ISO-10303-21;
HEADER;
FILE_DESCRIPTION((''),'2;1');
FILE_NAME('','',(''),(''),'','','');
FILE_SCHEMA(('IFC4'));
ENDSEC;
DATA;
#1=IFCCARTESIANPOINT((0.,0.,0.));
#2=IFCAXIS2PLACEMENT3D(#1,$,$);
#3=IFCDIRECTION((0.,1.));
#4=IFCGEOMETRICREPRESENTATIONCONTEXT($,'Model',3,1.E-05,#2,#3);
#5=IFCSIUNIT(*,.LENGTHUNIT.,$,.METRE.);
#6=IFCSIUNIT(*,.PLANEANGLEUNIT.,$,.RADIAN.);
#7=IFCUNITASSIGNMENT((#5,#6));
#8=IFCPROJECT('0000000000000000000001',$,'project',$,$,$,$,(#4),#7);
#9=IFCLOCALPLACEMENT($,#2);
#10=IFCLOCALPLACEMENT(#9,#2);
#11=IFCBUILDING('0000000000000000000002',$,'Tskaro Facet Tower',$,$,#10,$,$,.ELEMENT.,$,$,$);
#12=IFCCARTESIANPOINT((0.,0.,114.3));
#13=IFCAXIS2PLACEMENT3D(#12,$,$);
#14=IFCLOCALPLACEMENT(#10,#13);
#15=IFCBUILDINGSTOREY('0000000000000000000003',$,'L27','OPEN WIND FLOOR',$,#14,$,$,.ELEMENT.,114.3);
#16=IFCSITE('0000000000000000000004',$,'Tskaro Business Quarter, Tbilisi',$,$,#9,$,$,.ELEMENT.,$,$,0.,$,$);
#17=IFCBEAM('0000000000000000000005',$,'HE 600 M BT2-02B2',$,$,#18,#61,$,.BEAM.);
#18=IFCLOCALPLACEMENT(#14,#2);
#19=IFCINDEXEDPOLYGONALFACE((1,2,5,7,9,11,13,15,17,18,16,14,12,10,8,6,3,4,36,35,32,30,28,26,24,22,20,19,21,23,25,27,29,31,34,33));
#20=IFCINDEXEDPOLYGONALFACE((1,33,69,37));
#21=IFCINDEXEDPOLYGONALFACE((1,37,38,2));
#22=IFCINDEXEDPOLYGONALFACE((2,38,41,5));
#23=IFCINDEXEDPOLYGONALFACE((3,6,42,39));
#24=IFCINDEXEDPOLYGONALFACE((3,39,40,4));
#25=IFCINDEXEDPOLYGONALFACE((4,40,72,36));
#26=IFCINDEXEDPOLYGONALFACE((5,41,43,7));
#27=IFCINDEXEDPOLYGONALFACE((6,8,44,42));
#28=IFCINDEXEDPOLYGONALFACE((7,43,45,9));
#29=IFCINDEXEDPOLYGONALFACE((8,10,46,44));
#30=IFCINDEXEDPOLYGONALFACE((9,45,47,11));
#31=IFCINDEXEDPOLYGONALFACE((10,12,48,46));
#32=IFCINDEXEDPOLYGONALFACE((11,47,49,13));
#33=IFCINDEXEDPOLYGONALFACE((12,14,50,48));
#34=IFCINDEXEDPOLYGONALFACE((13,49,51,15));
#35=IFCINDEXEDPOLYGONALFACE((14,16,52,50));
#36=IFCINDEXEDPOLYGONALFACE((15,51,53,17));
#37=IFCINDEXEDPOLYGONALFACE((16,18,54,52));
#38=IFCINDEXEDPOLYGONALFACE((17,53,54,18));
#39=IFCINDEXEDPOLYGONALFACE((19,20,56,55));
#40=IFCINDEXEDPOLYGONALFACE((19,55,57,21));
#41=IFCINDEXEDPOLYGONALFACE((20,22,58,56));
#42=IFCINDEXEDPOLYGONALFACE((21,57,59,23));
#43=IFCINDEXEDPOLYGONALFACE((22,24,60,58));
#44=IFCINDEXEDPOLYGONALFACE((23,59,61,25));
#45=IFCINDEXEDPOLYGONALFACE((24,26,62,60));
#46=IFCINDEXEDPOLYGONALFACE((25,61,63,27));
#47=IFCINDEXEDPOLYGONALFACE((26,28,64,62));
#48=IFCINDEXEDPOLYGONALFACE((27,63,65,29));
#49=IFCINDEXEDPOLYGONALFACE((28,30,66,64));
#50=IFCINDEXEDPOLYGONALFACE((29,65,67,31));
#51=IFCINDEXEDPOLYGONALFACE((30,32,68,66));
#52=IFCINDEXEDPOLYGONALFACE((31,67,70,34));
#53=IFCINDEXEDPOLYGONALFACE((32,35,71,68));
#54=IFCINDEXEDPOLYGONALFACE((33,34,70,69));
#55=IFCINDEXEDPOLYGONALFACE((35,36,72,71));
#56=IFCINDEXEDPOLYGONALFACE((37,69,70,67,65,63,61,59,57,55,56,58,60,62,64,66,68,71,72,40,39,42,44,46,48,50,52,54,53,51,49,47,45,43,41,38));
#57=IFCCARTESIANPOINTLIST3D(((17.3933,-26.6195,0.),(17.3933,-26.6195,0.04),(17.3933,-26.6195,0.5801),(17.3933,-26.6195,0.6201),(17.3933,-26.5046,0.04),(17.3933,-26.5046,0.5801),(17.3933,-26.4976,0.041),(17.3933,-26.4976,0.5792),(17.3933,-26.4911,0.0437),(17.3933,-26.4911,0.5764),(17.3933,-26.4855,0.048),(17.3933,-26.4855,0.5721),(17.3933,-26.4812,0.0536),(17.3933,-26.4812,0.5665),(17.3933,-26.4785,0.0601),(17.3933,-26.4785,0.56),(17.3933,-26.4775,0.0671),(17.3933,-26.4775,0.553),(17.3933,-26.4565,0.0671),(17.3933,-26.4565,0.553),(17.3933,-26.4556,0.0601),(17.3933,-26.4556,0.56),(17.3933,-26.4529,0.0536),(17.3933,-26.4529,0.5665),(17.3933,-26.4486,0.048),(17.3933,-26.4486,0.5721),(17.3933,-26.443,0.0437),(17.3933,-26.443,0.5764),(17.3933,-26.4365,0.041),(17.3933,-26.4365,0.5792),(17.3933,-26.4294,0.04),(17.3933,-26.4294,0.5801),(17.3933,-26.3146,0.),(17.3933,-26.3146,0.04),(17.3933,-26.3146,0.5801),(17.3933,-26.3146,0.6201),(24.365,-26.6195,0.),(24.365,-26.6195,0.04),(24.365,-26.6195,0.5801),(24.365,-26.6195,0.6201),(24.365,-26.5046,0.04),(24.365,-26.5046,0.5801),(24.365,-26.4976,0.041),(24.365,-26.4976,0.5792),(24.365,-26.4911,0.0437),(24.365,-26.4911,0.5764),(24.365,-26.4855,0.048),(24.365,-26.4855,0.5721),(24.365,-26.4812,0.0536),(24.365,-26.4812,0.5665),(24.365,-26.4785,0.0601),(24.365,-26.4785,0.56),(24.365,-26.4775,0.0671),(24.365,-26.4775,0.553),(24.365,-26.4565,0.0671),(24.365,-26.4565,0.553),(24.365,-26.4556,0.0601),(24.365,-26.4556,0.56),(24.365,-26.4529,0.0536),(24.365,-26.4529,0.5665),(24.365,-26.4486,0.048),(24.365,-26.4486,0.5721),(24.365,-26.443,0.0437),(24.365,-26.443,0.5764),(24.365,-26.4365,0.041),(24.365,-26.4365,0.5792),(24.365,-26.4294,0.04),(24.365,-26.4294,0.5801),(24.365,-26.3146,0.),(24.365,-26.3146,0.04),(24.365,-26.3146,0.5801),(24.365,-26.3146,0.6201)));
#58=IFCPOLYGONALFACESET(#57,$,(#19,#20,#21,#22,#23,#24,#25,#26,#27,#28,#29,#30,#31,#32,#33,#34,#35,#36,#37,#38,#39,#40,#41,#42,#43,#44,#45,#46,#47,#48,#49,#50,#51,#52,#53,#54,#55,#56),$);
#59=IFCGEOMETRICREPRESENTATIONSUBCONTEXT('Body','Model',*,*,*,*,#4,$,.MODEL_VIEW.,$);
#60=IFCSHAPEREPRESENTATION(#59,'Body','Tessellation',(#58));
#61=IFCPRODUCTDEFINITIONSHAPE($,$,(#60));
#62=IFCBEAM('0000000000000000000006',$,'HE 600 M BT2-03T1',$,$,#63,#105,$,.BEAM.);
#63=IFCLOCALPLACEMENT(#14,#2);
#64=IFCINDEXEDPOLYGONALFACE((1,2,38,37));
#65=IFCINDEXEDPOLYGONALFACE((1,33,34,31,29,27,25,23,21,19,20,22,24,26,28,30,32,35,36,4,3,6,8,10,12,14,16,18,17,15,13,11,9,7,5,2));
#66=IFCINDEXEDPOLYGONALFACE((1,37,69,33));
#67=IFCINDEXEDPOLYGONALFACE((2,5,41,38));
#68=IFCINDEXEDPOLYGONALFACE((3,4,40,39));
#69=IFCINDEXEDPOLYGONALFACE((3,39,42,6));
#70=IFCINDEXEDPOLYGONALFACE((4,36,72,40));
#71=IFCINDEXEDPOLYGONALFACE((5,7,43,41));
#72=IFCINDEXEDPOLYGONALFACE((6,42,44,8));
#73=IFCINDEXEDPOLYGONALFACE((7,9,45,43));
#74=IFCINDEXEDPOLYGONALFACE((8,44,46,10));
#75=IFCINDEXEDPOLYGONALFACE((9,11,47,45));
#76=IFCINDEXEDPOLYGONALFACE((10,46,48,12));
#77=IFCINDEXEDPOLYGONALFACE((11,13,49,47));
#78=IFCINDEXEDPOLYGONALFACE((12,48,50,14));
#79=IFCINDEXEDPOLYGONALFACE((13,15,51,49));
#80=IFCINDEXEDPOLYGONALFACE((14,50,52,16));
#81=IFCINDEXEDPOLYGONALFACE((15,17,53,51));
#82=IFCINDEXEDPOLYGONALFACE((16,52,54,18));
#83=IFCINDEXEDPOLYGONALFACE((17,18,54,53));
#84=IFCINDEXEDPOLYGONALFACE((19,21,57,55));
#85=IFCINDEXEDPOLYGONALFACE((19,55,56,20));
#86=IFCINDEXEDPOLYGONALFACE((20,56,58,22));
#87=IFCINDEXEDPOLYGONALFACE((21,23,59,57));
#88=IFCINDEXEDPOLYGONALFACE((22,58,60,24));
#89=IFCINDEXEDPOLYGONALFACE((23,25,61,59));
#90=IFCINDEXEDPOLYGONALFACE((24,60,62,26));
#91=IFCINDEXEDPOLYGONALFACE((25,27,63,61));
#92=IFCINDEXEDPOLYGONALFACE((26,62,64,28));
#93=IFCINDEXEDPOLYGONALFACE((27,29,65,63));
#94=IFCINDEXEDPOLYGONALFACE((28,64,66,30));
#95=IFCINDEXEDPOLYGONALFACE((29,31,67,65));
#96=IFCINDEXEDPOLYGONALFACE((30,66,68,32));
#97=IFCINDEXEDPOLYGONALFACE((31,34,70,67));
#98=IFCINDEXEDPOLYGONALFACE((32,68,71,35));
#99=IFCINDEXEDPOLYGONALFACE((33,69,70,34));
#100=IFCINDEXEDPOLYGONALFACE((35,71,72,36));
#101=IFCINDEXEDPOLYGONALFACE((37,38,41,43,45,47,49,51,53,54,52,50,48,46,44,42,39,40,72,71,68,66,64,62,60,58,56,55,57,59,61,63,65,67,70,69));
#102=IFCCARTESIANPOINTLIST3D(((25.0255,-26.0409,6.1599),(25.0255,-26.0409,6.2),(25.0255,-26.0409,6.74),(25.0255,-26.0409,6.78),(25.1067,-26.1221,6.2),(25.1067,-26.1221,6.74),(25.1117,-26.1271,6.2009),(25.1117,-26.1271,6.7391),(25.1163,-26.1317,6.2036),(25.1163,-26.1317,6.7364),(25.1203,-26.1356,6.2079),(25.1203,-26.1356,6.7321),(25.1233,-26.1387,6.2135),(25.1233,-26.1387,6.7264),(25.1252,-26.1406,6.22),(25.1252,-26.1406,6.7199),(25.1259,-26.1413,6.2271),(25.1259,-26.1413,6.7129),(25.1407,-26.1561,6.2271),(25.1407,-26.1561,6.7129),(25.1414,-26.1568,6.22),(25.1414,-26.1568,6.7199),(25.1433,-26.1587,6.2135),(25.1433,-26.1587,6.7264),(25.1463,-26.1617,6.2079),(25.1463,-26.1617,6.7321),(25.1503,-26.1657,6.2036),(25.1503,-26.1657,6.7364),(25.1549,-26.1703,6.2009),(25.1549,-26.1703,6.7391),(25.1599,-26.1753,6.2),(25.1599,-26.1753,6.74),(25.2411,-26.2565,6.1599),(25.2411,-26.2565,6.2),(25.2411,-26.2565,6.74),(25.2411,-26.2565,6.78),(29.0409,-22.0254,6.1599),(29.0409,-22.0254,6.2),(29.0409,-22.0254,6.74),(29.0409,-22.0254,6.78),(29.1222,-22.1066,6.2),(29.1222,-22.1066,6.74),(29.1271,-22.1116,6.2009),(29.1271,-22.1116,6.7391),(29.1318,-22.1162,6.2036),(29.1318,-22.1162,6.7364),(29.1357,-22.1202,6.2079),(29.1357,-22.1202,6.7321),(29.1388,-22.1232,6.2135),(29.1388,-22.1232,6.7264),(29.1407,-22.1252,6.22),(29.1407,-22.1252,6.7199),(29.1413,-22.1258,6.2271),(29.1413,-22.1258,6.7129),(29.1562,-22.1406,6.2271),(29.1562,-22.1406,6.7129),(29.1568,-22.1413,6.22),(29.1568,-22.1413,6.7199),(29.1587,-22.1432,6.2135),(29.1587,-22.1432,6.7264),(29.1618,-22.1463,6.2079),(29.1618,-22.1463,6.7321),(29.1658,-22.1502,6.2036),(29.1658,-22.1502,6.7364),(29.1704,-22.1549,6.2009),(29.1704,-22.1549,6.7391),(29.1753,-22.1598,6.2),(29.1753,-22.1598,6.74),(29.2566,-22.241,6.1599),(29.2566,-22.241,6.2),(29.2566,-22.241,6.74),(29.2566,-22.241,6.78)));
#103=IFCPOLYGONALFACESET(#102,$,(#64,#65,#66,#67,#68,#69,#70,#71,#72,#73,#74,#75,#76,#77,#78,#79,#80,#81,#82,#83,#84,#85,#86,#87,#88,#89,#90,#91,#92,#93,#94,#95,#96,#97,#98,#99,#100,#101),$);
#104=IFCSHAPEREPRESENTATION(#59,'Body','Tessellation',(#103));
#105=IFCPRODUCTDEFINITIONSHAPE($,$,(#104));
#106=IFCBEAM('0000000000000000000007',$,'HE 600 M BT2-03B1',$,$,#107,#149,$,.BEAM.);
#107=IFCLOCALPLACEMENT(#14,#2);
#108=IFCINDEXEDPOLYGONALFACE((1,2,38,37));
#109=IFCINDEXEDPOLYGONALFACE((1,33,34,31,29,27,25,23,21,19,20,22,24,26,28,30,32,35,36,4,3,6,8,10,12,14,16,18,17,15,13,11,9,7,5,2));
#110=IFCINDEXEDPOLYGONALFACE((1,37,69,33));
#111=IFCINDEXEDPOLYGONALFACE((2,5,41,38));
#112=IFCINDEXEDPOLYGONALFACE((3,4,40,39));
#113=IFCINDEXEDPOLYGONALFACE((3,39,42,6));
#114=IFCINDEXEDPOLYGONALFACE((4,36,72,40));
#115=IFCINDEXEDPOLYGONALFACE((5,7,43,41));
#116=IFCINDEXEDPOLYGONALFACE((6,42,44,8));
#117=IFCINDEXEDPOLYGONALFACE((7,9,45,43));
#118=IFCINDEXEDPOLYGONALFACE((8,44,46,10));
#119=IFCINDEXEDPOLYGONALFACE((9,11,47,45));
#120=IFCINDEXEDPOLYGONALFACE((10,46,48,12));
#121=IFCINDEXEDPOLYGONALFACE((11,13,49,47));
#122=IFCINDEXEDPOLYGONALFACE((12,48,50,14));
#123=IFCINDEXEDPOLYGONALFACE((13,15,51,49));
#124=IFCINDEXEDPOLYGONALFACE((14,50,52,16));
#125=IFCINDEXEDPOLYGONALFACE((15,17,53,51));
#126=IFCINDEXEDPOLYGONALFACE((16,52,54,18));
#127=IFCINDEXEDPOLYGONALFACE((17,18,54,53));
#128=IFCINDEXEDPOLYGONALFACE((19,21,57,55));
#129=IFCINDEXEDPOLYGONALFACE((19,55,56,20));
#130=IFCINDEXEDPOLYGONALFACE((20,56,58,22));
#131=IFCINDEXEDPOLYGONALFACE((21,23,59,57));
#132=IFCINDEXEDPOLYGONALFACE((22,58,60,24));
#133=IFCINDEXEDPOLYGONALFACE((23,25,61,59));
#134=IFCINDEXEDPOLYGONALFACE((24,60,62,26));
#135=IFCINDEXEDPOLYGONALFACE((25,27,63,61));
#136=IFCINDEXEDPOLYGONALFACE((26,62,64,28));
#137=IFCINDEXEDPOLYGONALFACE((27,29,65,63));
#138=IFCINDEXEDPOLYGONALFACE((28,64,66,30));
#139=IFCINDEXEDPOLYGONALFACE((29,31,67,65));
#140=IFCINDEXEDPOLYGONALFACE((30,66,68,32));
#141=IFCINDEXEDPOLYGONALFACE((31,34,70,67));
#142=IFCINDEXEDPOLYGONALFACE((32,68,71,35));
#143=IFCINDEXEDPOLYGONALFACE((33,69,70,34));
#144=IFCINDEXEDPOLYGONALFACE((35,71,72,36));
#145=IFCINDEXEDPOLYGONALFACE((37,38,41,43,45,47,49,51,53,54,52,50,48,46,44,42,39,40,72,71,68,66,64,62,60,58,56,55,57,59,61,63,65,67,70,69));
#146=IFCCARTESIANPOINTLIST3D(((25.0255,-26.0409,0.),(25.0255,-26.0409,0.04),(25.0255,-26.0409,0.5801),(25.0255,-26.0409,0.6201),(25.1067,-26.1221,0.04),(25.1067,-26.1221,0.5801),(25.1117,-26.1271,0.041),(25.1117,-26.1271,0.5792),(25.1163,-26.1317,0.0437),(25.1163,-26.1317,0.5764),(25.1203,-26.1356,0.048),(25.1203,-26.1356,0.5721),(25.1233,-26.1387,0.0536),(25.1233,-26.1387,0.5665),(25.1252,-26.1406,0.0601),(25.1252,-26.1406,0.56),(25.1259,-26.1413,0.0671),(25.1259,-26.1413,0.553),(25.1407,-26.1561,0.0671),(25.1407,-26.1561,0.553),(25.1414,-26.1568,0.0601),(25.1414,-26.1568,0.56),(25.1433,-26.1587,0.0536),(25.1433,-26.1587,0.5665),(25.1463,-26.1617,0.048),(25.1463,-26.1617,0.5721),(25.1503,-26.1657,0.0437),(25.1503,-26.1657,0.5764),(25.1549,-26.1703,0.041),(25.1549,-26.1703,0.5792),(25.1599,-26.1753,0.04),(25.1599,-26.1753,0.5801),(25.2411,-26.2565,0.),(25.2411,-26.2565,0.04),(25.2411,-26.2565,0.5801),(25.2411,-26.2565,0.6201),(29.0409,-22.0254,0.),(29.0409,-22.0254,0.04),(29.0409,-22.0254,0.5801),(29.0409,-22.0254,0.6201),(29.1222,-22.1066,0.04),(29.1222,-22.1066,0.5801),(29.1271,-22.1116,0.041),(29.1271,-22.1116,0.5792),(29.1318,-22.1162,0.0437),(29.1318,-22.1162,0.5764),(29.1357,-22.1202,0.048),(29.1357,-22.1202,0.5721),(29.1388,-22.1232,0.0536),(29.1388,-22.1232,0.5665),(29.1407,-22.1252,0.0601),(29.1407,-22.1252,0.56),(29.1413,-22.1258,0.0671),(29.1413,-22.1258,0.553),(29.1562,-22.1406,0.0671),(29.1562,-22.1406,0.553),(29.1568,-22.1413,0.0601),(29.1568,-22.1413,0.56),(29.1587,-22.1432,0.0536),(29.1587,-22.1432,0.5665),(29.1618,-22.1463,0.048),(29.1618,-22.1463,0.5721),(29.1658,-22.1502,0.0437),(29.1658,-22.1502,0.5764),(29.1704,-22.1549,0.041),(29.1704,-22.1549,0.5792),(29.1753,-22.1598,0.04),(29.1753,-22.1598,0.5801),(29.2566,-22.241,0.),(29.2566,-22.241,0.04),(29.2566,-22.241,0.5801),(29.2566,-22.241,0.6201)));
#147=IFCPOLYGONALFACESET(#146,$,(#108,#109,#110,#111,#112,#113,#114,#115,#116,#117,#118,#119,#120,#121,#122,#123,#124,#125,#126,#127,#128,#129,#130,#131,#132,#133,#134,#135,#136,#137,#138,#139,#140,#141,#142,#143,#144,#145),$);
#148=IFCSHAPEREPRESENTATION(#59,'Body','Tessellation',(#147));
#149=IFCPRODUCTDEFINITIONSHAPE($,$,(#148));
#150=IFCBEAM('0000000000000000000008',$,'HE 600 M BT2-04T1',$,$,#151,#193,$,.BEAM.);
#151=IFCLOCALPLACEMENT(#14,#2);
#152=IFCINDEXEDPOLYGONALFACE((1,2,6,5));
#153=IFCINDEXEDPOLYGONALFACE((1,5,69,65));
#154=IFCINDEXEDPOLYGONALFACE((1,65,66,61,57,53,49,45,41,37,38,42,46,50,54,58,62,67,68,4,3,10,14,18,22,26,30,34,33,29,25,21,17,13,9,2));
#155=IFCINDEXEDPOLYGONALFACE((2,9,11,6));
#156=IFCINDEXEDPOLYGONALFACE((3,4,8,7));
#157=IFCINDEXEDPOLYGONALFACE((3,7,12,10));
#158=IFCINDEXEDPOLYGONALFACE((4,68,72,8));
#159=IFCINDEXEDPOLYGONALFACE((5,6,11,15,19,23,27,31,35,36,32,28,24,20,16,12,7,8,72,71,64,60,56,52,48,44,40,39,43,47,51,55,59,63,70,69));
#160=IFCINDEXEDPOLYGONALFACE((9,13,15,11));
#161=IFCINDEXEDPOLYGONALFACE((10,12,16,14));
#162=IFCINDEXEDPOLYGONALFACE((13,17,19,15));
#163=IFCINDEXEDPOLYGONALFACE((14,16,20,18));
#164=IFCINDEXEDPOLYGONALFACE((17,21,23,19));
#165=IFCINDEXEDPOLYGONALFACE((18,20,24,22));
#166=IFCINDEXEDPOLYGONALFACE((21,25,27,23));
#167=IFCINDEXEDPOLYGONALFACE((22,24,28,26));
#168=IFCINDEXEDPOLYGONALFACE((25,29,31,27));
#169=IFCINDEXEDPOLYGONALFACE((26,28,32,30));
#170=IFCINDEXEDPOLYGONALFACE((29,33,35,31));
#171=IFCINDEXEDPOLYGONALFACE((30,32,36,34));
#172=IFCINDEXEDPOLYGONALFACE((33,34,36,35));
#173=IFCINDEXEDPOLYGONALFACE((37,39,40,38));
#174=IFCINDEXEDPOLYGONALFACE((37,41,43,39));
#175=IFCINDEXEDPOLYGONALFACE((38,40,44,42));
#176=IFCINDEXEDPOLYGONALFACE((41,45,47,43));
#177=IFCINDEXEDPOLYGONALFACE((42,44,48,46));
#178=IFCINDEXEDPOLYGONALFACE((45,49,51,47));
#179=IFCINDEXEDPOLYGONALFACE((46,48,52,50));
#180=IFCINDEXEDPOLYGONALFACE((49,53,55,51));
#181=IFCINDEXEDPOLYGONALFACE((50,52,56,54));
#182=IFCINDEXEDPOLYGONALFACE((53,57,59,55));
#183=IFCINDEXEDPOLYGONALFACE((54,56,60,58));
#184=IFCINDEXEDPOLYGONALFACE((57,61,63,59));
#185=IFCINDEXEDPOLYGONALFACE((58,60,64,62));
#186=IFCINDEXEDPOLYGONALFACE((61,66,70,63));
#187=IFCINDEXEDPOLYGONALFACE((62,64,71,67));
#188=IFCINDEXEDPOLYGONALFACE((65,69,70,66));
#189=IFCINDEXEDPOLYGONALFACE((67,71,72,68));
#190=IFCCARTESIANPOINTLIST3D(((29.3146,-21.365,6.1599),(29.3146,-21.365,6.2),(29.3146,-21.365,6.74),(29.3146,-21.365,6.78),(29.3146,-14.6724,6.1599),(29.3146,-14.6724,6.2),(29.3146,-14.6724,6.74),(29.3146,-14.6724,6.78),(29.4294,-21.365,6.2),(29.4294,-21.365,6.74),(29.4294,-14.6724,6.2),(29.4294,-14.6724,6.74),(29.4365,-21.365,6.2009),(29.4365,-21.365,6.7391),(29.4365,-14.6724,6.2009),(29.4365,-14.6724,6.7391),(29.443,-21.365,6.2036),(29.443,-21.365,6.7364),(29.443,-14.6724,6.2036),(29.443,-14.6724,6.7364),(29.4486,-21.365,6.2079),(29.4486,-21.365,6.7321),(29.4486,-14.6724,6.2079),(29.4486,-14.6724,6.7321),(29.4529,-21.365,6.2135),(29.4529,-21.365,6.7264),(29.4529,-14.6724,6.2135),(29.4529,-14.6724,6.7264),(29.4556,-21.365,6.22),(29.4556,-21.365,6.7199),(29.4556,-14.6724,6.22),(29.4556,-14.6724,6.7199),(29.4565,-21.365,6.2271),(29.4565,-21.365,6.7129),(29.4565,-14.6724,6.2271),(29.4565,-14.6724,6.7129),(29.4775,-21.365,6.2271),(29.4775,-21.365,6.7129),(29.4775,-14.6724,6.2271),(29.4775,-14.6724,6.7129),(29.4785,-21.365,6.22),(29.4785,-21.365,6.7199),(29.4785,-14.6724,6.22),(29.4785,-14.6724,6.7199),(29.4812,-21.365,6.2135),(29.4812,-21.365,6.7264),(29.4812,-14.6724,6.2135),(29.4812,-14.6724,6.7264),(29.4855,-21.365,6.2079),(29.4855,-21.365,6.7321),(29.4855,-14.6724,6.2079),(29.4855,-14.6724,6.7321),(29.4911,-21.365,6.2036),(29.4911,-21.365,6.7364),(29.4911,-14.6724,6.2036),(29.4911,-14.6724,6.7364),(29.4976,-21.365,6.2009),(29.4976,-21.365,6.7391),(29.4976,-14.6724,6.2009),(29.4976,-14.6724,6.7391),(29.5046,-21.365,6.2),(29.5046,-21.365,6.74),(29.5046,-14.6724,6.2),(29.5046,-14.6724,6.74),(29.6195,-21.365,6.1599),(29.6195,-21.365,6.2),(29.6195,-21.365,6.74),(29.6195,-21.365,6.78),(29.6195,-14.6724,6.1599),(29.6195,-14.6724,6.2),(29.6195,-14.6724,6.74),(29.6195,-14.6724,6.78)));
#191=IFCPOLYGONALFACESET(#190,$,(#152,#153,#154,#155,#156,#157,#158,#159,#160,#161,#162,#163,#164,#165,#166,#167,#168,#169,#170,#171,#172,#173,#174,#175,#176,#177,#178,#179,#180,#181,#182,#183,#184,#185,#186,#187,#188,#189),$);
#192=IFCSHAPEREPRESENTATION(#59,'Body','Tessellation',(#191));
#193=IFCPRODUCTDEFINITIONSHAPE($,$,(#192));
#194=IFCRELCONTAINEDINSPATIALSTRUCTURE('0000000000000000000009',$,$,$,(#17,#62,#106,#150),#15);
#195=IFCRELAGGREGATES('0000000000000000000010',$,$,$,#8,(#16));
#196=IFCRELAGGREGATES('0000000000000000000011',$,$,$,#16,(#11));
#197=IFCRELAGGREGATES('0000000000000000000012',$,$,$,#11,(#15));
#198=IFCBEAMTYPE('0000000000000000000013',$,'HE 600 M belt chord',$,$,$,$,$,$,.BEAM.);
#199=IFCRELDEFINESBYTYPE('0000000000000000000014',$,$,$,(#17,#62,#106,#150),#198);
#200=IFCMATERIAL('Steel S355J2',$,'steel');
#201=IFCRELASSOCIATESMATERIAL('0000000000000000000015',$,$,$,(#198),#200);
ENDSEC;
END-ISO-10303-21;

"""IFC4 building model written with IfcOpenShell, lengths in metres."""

from ifc_helpers import new_model, si_unit, direction, frame, origin, origin_2d, place, context, subcontext, project, spatial, i_section, extrude, material, material_profile, profile_set, type_object, element, save


model = new_model("IFC4")

# Units and contexts
model_context = context("Model", 3, precision=1e-05, world=origin(), true_north=direction((0.0, 1.0)))
body_context = subcontext(model_context, "Body", "Model", "MODEL_VIEW")
ifc_project = project(units=[si_unit("LENGTHUNIT", "METRE"), si_unit("PLANEANGLEUNIT", "RADIAN")], contexts=[model_context])

# Site, building, storey
site_placement = place(None, origin())
site = spatial("IfcSite", under=ifc_project, at=site_placement, Name="Tskaro Business Quarter, Tbilisi", CompositionType="ELEMENT", RefElevation=0.0)
building_placement = place(site_placement, origin())
building = spatial("IfcBuilding", under=site, at=building_placement, Name="Tskaro Facet Tower", CompositionType="ELEMENT")
storey_placement = place(building_placement, frame((0.0, 0.0, 114.3)))
storey = spatial("IfcBuildingStorey", under=building, at=storey_placement, Name="L27", Description="OPEN WIND FLOOR", CompositionType="ELEMENT", Elevation=114.3)

# Shared definitions
ifc_material_1 = material(Name="Steel S355J2", Category="steel")

# Beams
ifc_material_profile_1 = material_profile(ifc_material_1, i_section(OverallWidth=0.3049, OverallDepth=0.6201, WebThickness=0.021, FlangeThickness=0.04, FilletRadius=0.0271, at=origin_2d()), Name="HE 600 M")
ifc_profile_set_1 = profile_set([ifc_material_profile_1], Name="Steel S355J2")
beam_type_1 = type_object("IfcBeamType", Name="HE 600 M belt chord", PredefinedType="BEAM", material=ifc_profile_set_1)
beam_1_placement = place(storey_placement, frame((17.3933, -26.467, 0.3101), z_axis=(1.0, 0.0, 0.0), x_axis=(0.0, 1.0, 0.0)))
element("IfcBeam", 1, at=beam_1_placement, inside=storey, type_object=beam_type_1, Name="HE 600 M BT2-02B2", PredefinedType="BEAM", context=body_context, shape_type="SweptSolid", body=[
    extrude(i_section(OverallWidth=0.3049, OverallDepth=0.6201, WebThickness=0.021, FlangeThickness=0.04, FilletRadius=0.0271, at=origin_2d()), origin(), (0.0, 0.0, 1.0), 6.9717),
])
for number, where, z_axis, x_axis, name in (
    (2, (25.1333, -26.1487, 6.47), (0.707107, 0.707107, 0.0), (-0.707107, 0.707107, 0.0), "HE 600 M BT2-03T1"),
    (3, (25.1333, -26.1487, 0.3101), (0.707107, 0.707107, 0.0), (-0.707107, 0.707107, 0.0), "HE 600 M BT2-03B1"),
):
    element("IfcBeam", number, at=place(storey_placement, frame(where, z_axis=z_axis, x_axis=x_axis)), inside=storey, type_object=beam_type_1, Name=name, PredefinedType="BEAM", context=body_context, shape_type="SweptSolid", body=[
        extrude(i_section(OverallWidth=0.3049, OverallDepth=0.6201, WebThickness=0.021, FlangeThickness=0.04, FilletRadius=0.0271, at=origin_2d()), origin(), (0.0, 0.0, 1.0), 5.6787),
    ])
beam_2_placement = place(storey_placement, frame((29.467, -21.365, 6.47), z_axis=(0.0, 1.0, 0.0), x_axis=(-1.0, 0.0, 0.0)))
element("IfcBeam", 4, at=beam_2_placement, inside=storey, type_object=beam_type_1, Name="HE 600 M BT2-04T1", PredefinedType="BEAM", context=body_context, shape_type="SweptSolid", body=[
    extrude(i_section(OverallWidth=0.3049, OverallDepth=0.6201, WebThickness=0.021, FlangeThickness=0.04, FilletRadius=0.0271, at=origin_2d()), origin(), (0.0, 0.0, 1.0), 6.6926),
])

save(model, "model.ifc")
